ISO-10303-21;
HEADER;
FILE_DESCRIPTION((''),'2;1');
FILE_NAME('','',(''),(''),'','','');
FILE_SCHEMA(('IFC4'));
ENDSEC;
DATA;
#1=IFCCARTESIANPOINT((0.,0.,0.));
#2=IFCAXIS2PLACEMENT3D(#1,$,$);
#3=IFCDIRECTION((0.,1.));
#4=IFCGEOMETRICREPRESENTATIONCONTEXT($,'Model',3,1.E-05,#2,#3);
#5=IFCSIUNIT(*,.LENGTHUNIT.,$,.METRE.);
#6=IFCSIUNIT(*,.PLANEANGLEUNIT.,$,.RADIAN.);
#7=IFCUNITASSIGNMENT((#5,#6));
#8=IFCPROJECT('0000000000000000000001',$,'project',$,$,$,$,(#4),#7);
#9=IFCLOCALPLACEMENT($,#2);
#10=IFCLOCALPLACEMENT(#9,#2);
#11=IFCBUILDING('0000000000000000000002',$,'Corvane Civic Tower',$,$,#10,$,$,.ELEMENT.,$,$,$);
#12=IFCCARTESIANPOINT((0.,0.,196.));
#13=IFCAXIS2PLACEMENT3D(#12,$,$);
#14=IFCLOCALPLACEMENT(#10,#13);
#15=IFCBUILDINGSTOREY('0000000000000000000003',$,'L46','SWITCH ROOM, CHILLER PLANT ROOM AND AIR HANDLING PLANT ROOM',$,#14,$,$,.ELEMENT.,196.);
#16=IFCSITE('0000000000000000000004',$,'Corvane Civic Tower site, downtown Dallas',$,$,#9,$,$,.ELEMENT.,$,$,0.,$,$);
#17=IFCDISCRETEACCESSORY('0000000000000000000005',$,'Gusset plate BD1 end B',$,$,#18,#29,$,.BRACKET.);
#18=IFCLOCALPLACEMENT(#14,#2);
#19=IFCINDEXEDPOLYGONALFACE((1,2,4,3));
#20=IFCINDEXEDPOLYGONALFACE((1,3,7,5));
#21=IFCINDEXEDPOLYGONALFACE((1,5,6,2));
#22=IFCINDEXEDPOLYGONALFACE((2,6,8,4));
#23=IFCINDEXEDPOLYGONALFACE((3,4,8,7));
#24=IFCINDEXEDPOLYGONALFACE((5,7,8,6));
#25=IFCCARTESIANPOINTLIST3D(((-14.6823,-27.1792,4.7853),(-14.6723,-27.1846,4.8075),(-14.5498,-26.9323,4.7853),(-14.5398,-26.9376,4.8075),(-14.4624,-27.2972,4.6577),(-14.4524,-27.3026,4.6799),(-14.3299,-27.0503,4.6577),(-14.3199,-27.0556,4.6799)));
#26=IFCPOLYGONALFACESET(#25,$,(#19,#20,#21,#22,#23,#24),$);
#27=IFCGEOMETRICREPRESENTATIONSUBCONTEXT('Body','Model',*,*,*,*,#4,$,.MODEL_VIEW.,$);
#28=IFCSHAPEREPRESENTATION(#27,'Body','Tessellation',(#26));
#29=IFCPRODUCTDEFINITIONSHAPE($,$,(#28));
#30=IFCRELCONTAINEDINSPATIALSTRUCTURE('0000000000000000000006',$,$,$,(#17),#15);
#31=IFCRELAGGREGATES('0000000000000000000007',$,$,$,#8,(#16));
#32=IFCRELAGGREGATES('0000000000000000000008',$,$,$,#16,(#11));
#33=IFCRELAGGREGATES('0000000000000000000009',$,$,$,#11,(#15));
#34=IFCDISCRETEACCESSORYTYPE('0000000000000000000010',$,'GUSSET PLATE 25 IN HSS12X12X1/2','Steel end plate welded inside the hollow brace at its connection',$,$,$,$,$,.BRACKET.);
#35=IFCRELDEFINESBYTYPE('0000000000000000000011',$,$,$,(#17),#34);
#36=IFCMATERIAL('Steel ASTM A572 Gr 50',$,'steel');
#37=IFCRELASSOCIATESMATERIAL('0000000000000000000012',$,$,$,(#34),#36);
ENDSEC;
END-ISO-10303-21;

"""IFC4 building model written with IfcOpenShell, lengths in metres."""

from ifc_helpers import new_model, si_unit, direction, frame, origin, origin_2d, place, context, subcontext, project, spatial, rectangle, extrude, material, material_profile, profile_set, type_object, element, save


model = new_model("IFC4")

# Units and contexts
model_context = context("Model", 3, precision=1e-05, world=origin(), true_north=direction((0.0, 1.0)))
body_context = subcontext(model_context, "Body", "Model", "MODEL_VIEW")
ifc_project = project(units=[si_unit("LENGTHUNIT", "METRE"), si_unit("PLANEANGLEUNIT", "RADIAN")], contexts=[model_context])

# Site, building, storey
site_placement = place(None, origin())
site = spatial("IfcSite", under=ifc_project, at=site_placement, Name="Corvane Civic Tower site, downtown Dallas", CompositionType="ELEMENT", RefElevation=0.0)
building_placement = place(site_placement, origin())
building = spatial("IfcBuilding", under=site, at=building_placement, Name="Corvane Civic Tower", CompositionType="ELEMENT")
storey_placement = place(building_placement, frame((0.0, 0.0, 196.0)))
storey = spatial("IfcBuildingStorey", under=building, at=storey_placement, Name="L46", Description="SWITCH ROOM, CHILLER PLANT ROOM AND AIR HANDLING PLANT ROOM", CompositionType="ELEMENT", Elevation=196.0)

# Discrete accessory
ifc_material_1 = material(Name="Steel ASTM A572 Gr 50", Category="steel")
ifc_material_profile_1 = material_profile(ifc_material_1, rectangle(XDim=0.2803, YDim=0.2803, at=origin_2d()), Name="GUSSET PLATE 25 IN HSS12X12X1/2")
ifc_profile_set_1 = profile_set([ifc_material_profile_1], Name="Steel ASTM A572 Gr 50")
discrete_accessory_type = type_object("IfcDiscreteAccessoryType", Name="GUSSET PLATE 25 IN HSS12X12X1/2", Description="Steel end plate welded inside the hollow brace at its connection", PredefinedType="BRACKET", material=ifc_profile_set_1)
for number, where, z_axis, x_axis, name in (
    (1, (-14.4961, -27.1201, 4.7437), (-0.401152, 0.215252, -0.890362), (-0.472818, -0.88116, 0.0), "Gusset plate BD1 end B"),
):
    element("IfcDiscreteAccessory", number, at=place(storey_placement, frame(where, z_axis=z_axis, x_axis=x_axis)), inside=storey, type_object=discrete_accessory_type, Name=name, PredefinedType="BRACKET", context=body_context, shape_type="SweptSolid", body=[
        extrude(rectangle(XDim=0.2803, YDim=0.2803, at=origin_2d()), origin(), (0.0, 0.0, 1.0), 0.0249),
    ])

save(model, "model.ifc")
